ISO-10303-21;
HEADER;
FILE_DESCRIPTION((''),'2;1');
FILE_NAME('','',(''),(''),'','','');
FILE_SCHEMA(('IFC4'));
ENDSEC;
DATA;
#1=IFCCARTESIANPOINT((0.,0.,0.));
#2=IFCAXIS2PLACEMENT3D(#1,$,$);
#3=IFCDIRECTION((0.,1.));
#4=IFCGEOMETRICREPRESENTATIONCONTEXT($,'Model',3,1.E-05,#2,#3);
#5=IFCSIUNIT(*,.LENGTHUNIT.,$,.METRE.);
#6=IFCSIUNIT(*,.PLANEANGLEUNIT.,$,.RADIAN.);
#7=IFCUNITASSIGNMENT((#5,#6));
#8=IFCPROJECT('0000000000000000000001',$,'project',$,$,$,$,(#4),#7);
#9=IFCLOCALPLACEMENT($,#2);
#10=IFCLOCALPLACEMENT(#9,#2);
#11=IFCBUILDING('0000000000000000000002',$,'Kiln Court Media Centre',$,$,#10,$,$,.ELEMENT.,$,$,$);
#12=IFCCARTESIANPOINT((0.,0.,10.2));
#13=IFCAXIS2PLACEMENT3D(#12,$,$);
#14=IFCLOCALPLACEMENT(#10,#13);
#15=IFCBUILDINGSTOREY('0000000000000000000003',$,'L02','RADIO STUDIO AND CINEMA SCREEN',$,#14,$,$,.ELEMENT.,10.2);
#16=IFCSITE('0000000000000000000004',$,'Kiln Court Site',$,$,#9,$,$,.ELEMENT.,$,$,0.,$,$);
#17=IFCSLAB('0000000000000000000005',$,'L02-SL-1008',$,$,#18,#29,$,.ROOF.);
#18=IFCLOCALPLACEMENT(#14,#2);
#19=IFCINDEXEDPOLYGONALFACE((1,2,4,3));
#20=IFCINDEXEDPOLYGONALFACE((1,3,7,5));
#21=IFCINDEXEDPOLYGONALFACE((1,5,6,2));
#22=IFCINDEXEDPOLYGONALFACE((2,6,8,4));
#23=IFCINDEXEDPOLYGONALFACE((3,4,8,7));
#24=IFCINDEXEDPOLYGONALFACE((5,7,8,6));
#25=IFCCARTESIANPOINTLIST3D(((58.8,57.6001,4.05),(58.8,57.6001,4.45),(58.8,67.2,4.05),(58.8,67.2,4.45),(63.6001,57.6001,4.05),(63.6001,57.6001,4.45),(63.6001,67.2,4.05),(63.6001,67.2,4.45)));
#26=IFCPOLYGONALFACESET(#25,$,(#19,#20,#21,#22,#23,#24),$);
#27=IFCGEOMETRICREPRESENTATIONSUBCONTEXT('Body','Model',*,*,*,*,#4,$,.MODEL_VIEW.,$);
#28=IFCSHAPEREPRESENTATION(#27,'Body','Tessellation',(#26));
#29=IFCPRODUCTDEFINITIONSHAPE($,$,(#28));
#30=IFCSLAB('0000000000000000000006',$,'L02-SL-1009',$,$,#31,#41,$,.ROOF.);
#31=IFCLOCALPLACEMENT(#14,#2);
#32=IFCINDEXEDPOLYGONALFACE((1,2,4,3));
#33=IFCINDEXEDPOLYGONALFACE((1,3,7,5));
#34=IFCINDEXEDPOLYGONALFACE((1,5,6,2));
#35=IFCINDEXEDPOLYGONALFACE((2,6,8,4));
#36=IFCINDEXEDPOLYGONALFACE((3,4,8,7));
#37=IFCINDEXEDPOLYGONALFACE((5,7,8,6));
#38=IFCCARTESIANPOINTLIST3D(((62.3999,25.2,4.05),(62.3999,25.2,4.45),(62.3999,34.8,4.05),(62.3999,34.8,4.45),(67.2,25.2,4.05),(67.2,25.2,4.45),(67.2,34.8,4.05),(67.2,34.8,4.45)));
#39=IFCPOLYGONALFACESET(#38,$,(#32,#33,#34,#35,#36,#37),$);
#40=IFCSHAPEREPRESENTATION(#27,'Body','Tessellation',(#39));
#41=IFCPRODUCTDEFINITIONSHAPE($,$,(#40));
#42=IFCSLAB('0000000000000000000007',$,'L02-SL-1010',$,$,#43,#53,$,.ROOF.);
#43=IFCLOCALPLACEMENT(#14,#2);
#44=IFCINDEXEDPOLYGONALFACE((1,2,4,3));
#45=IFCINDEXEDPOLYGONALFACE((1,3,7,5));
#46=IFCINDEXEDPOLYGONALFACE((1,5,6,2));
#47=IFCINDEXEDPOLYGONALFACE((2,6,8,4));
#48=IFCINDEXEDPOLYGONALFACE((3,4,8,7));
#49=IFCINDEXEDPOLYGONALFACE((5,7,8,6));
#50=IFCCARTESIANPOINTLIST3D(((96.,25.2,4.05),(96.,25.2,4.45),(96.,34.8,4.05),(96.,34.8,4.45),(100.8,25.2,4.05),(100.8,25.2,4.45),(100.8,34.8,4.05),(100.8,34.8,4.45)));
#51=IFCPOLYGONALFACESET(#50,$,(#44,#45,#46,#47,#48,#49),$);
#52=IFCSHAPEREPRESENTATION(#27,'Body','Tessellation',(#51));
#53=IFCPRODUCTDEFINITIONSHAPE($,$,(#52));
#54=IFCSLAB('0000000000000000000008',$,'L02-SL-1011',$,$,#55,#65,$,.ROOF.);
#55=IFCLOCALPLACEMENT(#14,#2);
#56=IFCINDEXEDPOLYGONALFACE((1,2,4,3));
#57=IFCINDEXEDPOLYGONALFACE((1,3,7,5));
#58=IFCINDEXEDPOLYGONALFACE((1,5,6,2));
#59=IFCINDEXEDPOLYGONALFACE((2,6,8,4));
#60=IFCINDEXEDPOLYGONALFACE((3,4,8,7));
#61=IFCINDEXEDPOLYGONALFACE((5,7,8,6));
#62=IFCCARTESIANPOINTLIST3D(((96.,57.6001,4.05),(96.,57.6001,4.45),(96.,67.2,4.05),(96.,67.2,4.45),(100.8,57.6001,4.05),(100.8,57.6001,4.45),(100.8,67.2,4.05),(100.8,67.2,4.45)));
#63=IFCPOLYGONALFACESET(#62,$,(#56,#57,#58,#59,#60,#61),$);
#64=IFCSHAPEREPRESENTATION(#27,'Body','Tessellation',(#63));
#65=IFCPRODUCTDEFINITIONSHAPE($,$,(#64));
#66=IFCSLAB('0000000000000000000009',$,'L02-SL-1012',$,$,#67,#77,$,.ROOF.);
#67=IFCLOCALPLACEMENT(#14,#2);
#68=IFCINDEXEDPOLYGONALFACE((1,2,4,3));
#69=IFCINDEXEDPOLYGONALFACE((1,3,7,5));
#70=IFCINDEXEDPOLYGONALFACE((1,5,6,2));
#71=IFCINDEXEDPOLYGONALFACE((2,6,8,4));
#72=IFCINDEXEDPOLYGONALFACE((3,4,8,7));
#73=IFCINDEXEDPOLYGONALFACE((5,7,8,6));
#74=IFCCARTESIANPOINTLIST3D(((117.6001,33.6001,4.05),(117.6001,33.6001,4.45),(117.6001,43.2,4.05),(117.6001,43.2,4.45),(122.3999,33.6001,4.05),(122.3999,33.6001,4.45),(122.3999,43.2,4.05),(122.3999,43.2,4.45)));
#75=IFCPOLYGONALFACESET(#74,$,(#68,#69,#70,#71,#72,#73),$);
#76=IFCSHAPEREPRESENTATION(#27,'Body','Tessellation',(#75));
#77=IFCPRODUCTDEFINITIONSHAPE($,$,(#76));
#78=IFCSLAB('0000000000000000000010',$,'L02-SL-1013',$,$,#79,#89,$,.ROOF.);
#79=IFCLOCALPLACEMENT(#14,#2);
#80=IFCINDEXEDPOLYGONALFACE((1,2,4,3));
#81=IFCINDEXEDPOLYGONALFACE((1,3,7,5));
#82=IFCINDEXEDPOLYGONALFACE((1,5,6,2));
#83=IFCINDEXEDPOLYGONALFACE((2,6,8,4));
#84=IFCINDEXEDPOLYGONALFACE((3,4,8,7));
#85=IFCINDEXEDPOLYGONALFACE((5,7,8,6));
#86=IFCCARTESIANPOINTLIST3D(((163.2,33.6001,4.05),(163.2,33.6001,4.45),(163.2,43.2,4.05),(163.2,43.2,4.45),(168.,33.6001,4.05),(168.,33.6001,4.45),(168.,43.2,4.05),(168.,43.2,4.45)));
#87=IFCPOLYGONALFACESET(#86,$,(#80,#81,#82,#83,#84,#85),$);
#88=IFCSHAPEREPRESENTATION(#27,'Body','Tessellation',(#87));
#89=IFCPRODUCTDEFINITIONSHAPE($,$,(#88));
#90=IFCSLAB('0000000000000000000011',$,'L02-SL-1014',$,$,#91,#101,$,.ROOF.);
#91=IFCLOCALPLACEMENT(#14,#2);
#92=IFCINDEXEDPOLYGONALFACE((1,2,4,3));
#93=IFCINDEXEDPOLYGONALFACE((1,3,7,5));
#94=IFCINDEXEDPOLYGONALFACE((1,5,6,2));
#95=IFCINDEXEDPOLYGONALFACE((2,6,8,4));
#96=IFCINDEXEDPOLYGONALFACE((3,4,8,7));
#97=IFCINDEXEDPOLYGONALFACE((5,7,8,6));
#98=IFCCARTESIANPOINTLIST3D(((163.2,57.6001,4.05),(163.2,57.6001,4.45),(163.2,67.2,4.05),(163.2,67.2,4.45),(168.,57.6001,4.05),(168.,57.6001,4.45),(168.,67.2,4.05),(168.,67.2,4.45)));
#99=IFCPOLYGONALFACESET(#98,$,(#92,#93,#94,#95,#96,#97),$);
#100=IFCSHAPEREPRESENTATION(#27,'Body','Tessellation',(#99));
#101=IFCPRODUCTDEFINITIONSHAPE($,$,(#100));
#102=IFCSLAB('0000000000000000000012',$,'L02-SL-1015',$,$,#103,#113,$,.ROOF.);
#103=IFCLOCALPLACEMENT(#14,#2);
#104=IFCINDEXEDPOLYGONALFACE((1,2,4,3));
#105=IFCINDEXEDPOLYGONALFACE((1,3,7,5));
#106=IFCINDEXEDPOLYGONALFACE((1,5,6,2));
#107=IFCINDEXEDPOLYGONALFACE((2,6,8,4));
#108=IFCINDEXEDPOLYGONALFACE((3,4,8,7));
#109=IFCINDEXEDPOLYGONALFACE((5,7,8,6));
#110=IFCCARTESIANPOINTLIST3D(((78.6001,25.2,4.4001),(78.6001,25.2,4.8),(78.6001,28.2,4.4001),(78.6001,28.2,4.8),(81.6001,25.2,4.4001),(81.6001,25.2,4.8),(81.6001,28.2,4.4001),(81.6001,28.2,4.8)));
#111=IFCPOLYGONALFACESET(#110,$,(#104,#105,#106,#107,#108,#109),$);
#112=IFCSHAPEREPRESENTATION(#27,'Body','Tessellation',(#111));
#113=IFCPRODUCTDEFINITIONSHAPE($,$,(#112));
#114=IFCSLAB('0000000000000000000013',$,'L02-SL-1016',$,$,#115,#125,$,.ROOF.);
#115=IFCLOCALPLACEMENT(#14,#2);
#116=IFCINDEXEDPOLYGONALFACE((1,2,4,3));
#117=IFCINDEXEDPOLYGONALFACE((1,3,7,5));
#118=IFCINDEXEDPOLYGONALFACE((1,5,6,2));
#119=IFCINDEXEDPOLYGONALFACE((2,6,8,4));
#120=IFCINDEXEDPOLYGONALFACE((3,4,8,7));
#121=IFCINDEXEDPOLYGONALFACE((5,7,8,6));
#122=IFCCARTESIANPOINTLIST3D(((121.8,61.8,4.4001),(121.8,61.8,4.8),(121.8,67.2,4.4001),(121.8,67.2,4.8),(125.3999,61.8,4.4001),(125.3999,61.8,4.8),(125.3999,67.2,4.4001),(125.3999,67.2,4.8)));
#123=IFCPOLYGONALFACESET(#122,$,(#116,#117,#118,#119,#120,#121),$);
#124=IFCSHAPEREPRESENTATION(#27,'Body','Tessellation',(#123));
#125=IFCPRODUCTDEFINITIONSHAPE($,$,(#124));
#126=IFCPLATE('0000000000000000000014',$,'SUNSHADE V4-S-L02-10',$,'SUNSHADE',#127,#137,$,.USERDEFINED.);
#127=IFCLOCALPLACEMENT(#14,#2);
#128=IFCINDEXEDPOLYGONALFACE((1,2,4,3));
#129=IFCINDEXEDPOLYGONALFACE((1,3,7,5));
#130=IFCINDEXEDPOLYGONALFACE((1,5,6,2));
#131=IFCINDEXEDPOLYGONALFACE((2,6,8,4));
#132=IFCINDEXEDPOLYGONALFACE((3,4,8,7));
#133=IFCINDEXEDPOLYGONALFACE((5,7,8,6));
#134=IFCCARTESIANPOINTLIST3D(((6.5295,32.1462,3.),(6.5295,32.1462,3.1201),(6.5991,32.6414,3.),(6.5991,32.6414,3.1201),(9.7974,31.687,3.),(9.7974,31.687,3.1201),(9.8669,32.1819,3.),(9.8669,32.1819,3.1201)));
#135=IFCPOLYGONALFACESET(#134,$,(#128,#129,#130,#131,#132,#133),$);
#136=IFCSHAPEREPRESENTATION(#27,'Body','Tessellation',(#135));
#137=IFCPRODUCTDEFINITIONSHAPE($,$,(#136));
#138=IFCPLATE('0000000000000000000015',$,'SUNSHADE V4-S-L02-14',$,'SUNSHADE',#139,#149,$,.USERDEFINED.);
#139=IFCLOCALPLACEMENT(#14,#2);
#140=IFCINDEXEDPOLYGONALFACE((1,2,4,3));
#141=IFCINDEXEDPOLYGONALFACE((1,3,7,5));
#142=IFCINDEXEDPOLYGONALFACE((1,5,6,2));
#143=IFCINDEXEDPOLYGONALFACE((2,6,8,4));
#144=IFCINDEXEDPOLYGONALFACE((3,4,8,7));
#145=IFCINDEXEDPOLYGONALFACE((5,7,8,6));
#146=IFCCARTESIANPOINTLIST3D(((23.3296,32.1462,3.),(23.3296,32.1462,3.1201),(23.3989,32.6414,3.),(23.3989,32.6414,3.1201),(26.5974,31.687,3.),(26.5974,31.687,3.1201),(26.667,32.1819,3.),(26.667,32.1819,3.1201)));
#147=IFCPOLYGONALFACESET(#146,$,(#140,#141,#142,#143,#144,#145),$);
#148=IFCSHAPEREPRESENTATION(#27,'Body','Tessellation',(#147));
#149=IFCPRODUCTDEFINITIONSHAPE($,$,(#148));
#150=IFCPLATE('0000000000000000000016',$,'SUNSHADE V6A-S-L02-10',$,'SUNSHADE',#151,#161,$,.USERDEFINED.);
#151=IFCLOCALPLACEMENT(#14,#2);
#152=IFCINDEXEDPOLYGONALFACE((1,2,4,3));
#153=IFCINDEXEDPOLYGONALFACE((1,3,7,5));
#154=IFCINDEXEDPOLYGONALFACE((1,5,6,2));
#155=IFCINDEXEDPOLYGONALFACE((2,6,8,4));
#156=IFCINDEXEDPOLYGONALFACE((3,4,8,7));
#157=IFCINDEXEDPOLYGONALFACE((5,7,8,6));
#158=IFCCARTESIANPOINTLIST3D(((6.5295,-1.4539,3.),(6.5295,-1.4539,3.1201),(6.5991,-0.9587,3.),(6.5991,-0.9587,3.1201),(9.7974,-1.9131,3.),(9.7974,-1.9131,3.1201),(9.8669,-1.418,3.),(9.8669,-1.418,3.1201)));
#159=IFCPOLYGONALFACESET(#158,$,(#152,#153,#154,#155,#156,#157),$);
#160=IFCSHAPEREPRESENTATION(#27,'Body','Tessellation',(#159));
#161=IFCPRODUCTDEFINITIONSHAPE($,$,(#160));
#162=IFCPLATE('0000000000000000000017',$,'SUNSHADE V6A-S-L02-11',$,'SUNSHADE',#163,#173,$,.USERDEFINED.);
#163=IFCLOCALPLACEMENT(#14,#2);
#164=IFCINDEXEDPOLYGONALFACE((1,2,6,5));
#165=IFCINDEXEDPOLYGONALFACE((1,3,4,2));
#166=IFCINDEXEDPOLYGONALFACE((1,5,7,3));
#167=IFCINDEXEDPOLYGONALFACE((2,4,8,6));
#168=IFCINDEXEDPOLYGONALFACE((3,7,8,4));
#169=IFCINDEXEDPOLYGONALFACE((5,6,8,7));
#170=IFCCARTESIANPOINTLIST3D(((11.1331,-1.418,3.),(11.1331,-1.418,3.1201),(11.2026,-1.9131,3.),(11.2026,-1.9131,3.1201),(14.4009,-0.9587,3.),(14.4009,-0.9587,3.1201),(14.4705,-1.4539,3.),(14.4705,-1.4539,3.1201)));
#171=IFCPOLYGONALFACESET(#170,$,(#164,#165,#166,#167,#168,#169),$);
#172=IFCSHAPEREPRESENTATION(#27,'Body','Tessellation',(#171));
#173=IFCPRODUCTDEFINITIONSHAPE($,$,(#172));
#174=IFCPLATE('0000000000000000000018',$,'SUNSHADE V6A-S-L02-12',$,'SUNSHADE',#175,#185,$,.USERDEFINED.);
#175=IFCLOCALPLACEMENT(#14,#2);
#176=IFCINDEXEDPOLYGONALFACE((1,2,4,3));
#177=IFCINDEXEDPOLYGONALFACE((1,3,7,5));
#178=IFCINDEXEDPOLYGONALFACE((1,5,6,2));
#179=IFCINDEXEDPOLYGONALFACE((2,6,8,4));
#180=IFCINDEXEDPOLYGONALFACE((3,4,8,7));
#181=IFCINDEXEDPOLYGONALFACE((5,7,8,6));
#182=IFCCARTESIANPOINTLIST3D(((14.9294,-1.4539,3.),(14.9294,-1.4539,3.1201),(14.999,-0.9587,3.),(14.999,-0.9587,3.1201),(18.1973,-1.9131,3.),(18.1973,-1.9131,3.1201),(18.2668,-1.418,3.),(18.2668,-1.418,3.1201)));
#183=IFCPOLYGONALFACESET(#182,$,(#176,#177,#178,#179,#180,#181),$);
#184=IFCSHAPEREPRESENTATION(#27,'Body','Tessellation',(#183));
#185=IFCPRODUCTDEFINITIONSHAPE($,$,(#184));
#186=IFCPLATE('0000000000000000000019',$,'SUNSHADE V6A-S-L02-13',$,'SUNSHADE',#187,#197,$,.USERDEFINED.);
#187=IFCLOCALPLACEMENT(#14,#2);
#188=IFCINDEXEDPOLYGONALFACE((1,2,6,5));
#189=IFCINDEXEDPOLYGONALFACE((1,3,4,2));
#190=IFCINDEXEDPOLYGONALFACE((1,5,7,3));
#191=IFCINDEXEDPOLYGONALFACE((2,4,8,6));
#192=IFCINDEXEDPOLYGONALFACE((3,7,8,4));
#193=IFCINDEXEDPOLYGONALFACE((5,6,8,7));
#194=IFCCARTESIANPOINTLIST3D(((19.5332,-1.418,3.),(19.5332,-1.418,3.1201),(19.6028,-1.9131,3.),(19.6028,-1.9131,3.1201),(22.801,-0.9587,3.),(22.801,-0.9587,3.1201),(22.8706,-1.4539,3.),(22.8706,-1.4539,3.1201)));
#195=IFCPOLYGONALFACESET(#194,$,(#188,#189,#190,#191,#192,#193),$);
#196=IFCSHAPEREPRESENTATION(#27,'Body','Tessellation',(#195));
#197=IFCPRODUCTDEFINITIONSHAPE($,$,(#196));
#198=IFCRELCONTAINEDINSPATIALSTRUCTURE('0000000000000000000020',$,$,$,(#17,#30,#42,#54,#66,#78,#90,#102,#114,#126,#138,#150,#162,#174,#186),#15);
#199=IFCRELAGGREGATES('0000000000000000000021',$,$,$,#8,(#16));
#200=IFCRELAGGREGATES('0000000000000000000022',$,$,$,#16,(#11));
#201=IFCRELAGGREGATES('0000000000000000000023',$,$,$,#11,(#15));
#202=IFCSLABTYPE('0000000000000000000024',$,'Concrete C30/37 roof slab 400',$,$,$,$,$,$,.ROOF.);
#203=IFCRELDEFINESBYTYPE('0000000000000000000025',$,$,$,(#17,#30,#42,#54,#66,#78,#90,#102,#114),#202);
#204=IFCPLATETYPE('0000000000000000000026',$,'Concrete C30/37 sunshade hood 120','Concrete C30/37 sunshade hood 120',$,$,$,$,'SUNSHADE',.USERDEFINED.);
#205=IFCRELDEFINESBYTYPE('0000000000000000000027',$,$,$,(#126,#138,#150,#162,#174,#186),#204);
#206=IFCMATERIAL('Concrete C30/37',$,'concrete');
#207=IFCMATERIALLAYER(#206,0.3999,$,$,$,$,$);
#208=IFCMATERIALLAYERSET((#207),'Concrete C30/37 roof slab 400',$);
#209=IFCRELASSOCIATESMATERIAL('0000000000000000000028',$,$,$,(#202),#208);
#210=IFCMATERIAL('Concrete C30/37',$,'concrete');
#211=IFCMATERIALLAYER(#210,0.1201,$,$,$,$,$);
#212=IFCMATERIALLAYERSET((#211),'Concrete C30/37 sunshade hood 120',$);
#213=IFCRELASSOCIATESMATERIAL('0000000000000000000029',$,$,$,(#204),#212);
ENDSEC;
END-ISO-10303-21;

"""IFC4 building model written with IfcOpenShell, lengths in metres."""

from ifc_helpers import new_model, si_unit, direction, frame, origin, place, context, subcontext, project, spatial, polyline, outline, extrude, material, layer, layer_set, type_object, element, save


model = new_model("IFC4")

# Units and contexts
model_context = context("Model", 3, precision=1e-05, world=origin(), true_north=direction((0.0, 1.0)))
body_context = subcontext(model_context, "Body", "Model", "MODEL_VIEW")
ifc_project = project(units=[si_unit("LENGTHUNIT", "METRE"), si_unit("PLANEANGLEUNIT", "RADIAN")], contexts=[model_context])

# Site, building, storey
site_placement = place(None, origin())
site = spatial("IfcSite", under=ifc_project, at=site_placement, Name="Kiln Court Site", CompositionType="ELEMENT", RefElevation=0.0)
building_placement = place(site_placement, origin())
building = spatial("IfcBuilding", under=site, at=building_placement, Name="Kiln Court Media Centre", CompositionType="ELEMENT")
storey_placement = place(building_placement, frame((0.0, 0.0, 10.2)))
storey = spatial("IfcBuildingStorey", under=building, at=storey_placement, Name="L02", Description="RADIO STUDIO AND CINEMA SCREEN", CompositionType="ELEMENT", Elevation=10.2)

# Slabs
ifc_material_1 = material(Name="Concrete C30/37", Category="concrete")
ifc_layer_1 = layer(ifc_material_1, 0.3999)
ifc_layer_set_1 = layer_set([ifc_layer_1], Name="Concrete C30/37 roof slab 400")
slab_type_1 = type_object("IfcSlabType", Name="Concrete C30/37 roof slab 400", PredefinedType="ROOF", material=ifc_layer_set_1)
slab_1_placement = place(storey_placement, frame((0.0, 0.0, 4.05)))
element("IfcSlab", 1, at=slab_1_placement, inside=storey, type_object=slab_type_1, Name="L02-SL-1008", PredefinedType="ROOF", context=body_context, shape_type="SweptSolid", body=[
    extrude(outline(polyline([(58.8, 57.6001), (58.8, 67.2), (63.6001, 67.2), (63.6001, 57.6001), (58.8, 57.6001)])), origin(), (0.0, 0.0, 1.0), 0.3999),
])
slab_2_placement = place(storey_placement, frame((0.0, 0.0, 4.05)))
element("IfcSlab", 2, at=slab_2_placement, inside=storey, type_object=slab_type_1, Name="L02-SL-1009", PredefinedType="ROOF", context=body_context, shape_type="SweptSolid", body=[
    extrude(outline(polyline([(62.3999, 25.2), (62.3999, 34.8), (67.2, 34.8), (67.2, 25.2), (62.3999, 25.2)])), origin(), (0.0, 0.0, 1.0), 0.3999),
])
slab_3_placement = place(storey_placement, frame((0.0, 0.0, 4.05)))
element("IfcSlab", 3, at=slab_3_placement, inside=storey, type_object=slab_type_1, Name="L02-SL-1010", PredefinedType="ROOF", context=body_context, shape_type="SweptSolid", body=[
    extrude(outline(polyline([(96.0, 25.2), (96.0, 34.8), (100.8, 34.8), (100.8, 25.2), (96.0, 25.2)])), origin(), (0.0, 0.0, 1.0), 0.3999),
])
slab_4_placement = place(storey_placement, frame((0.0, 0.0, 4.05)))
element("IfcSlab", 4, at=slab_4_placement, inside=storey, type_object=slab_type_1, Name="L02-SL-1011", PredefinedType="ROOF", context=body_context, shape_type="SweptSolid", body=[
    extrude(outline(polyline([(96.0, 57.6001), (96.0, 67.2), (100.8, 67.2), (100.8, 57.6001), (96.0, 57.6001)])), origin(), (0.0, 0.0, 1.0), 0.3999),
])
slab_5_placement = place(storey_placement, frame((0.0, 0.0, 4.05)))
element("IfcSlab", 5, at=slab_5_placement, inside=storey, type_object=slab_type_1, Name="L02-SL-1012", PredefinedType="ROOF", context=body_context, shape_type="SweptSolid", body=[
    extrude(outline(polyline([(117.6001, 33.6001), (117.6001, 43.2), (122.3999, 43.2), (122.3999, 33.6001), (117.6001, 33.6001)])), origin(), (0.0, 0.0, 1.0), 0.3999),
])
slab_6_placement = place(storey_placement, frame((0.0, 0.0, 4.05)))
element("IfcSlab", 6, at=slab_6_placement, inside=storey, type_object=slab_type_1, Name="L02-SL-1013", PredefinedType="ROOF", context=body_context, shape_type="SweptSolid", body=[
    extrude(outline(polyline([(163.2, 33.6001), (163.2, 43.2), (168.0, 43.2), (168.0, 33.6001), (163.2, 33.6001)])), origin(), (0.0, 0.0, 1.0), 0.3999),
])
slab_7_placement = place(storey_placement, frame((0.0, 0.0, 4.05)))
element("IfcSlab", 7, at=slab_7_placement, inside=storey, type_object=slab_type_1, Name="L02-SL-1014", PredefinedType="ROOF", context=body_context, shape_type="SweptSolid", body=[
    extrude(outline(polyline([(163.2, 57.6001), (163.2, 67.2), (168.0, 67.2), (168.0, 57.6001), (163.2, 57.6001)])), origin(), (0.0, 0.0, 1.0), 0.3999),
])
slab_8_placement = place(storey_placement, frame((0.0, 0.0, 4.4001)))
element("IfcSlab", 8, at=slab_8_placement, inside=storey, type_object=slab_type_1, Name="L02-SL-1015", PredefinedType="ROOF", context=body_context, shape_type="SweptSolid", body=[
    extrude(outline(polyline([(78.6001, 25.2), (78.6001, 28.2), (81.6001, 28.2), (81.6001, 25.2), (78.6001, 25.2)])), origin(), (0.0, 0.0, 1.0), 0.3999),
])
slab_9_placement = place(storey_placement, frame((0.0, 0.0, 4.4001)))
element("IfcSlab", 9, at=slab_9_placement, inside=storey, type_object=slab_type_1, Name="L02-SL-1016", PredefinedType="ROOF", context=body_context, shape_type="SweptSolid", body=[
    extrude(outline(polyline([(121.8, 61.8), (121.8, 67.2), (125.3999, 67.2), (125.3999, 61.8), (121.8, 61.8)])), origin(), (0.0, 0.0, 1.0), 0.3999),
])

# Plates
ifc_material_2 = material(Name="Concrete C30/37", Category="concrete")
ifc_layer_2 = layer(ifc_material_2, 0.1201)
ifc_layer_set_2 = layer_set([ifc_layer_2], Name="Concrete C30/37 sunshade hood 120")
plate_type = type_object("IfcPlateType", Name="Concrete C30/37 sunshade hood 120", Description="Concrete C30/37 sunshade hood 120", ElementType="SUNSHADE", PredefinedType="USERDEFINED", material=ifc_layer_set_2)
plate_1_placement = place(storey_placement, frame((0.0, 0.0, 3.0)))
element("IfcPlate", 10, at=plate_1_placement, inside=storey, type_object=plate_type, Name="SUNSHADE V4-S-L02-10", ObjectType="SUNSHADE", PredefinedType="USERDEFINED", context=body_context, shape_type="SweptSolid", body=[
    extrude(outline(polyline([(6.5991, 32.6414), (9.8669, 32.1819), (9.7974, 31.687), (6.5295, 32.1462), (6.5991, 32.6414)])), origin(), (0.0, 0.0, 1.0), 0.1201),
])
plate_2_placement = place(storey_placement, frame((0.0, 0.0, 3.0)))
element("IfcPlate", 11, at=plate_2_placement, inside=storey, type_object=plate_type, Name="SUNSHADE V4-S-L02-14", ObjectType="SUNSHADE", PredefinedType="USERDEFINED", context=body_context, shape_type="SweptSolid", body=[
    extrude(outline(polyline([(23.3989, 32.6414), (26.667, 32.1819), (26.5974, 31.687), (23.3296, 32.1462), (23.3989, 32.6414)])), origin(), (0.0, 0.0, 1.0), 0.1201),
])
plate_3_placement = place(storey_placement, frame((0.0, 0.0, 3.0)))
element("IfcPlate", 12, at=plate_3_placement, inside=storey, type_object=plate_type, Name="SUNSHADE V6A-S-L02-10", ObjectType="SUNSHADE", PredefinedType="USERDEFINED", context=body_context, shape_type="SweptSolid", body=[
    extrude(outline(polyline([(6.5991, -0.9587), (9.8669, -1.418), (9.7974, -1.9131), (6.5295, -1.4539), (6.5991, -0.9587)])), origin(), (0.0, 0.0, 1.0), 0.1201),
])
plate_4_placement = place(storey_placement, frame((0.0, 0.0, 3.0)))
element("IfcPlate", 13, at=plate_4_placement, inside=storey, type_object=plate_type, Name="SUNSHADE V6A-S-L02-11", ObjectType="SUNSHADE", PredefinedType="USERDEFINED", context=body_context, shape_type="SweptSolid", body=[
    extrude(outline(polyline([(11.1331, -1.418), (14.4009, -0.9587), (14.4705, -1.4539), (11.2026, -1.9131), (11.1331, -1.418)])), origin(), (0.0, 0.0, 1.0), 0.1201),
])
plate_5_placement = place(storey_placement, frame((0.0, 0.0, 3.0)))
element("IfcPlate", 14, at=plate_5_placement, inside=storey, type_object=plate_type, Name="SUNSHADE V6A-S-L02-12", ObjectType="SUNSHADE", PredefinedType="USERDEFINED", context=body_context, shape_type="SweptSolid", body=[
    extrude(outline(polyline([(14.999, -0.9587), (18.2668, -1.418), (18.1973, -1.9131), (14.9294, -1.4539), (14.999, -0.9587)])), origin(), (0.0, 0.0, 1.0), 0.1201),
])
plate_6_placement = place(storey_placement, frame((0.0, 0.0, 3.0)))
element("IfcPlate", 15, at=plate_6_placement, inside=storey, type_object=plate_type, Name="SUNSHADE V6A-S-L02-13", ObjectType="SUNSHADE", PredefinedType="USERDEFINED", context=body_context, shape_type="SweptSolid", body=[
    extrude(outline(polyline([(19.5332, -1.418), (22.801, -0.9587), (22.8706, -1.4539), (19.6028, -1.9131), (19.5332, -1.418)])), origin(), (0.0, 0.0, 1.0), 0.1201),
])

save(model, "model.ifc")
